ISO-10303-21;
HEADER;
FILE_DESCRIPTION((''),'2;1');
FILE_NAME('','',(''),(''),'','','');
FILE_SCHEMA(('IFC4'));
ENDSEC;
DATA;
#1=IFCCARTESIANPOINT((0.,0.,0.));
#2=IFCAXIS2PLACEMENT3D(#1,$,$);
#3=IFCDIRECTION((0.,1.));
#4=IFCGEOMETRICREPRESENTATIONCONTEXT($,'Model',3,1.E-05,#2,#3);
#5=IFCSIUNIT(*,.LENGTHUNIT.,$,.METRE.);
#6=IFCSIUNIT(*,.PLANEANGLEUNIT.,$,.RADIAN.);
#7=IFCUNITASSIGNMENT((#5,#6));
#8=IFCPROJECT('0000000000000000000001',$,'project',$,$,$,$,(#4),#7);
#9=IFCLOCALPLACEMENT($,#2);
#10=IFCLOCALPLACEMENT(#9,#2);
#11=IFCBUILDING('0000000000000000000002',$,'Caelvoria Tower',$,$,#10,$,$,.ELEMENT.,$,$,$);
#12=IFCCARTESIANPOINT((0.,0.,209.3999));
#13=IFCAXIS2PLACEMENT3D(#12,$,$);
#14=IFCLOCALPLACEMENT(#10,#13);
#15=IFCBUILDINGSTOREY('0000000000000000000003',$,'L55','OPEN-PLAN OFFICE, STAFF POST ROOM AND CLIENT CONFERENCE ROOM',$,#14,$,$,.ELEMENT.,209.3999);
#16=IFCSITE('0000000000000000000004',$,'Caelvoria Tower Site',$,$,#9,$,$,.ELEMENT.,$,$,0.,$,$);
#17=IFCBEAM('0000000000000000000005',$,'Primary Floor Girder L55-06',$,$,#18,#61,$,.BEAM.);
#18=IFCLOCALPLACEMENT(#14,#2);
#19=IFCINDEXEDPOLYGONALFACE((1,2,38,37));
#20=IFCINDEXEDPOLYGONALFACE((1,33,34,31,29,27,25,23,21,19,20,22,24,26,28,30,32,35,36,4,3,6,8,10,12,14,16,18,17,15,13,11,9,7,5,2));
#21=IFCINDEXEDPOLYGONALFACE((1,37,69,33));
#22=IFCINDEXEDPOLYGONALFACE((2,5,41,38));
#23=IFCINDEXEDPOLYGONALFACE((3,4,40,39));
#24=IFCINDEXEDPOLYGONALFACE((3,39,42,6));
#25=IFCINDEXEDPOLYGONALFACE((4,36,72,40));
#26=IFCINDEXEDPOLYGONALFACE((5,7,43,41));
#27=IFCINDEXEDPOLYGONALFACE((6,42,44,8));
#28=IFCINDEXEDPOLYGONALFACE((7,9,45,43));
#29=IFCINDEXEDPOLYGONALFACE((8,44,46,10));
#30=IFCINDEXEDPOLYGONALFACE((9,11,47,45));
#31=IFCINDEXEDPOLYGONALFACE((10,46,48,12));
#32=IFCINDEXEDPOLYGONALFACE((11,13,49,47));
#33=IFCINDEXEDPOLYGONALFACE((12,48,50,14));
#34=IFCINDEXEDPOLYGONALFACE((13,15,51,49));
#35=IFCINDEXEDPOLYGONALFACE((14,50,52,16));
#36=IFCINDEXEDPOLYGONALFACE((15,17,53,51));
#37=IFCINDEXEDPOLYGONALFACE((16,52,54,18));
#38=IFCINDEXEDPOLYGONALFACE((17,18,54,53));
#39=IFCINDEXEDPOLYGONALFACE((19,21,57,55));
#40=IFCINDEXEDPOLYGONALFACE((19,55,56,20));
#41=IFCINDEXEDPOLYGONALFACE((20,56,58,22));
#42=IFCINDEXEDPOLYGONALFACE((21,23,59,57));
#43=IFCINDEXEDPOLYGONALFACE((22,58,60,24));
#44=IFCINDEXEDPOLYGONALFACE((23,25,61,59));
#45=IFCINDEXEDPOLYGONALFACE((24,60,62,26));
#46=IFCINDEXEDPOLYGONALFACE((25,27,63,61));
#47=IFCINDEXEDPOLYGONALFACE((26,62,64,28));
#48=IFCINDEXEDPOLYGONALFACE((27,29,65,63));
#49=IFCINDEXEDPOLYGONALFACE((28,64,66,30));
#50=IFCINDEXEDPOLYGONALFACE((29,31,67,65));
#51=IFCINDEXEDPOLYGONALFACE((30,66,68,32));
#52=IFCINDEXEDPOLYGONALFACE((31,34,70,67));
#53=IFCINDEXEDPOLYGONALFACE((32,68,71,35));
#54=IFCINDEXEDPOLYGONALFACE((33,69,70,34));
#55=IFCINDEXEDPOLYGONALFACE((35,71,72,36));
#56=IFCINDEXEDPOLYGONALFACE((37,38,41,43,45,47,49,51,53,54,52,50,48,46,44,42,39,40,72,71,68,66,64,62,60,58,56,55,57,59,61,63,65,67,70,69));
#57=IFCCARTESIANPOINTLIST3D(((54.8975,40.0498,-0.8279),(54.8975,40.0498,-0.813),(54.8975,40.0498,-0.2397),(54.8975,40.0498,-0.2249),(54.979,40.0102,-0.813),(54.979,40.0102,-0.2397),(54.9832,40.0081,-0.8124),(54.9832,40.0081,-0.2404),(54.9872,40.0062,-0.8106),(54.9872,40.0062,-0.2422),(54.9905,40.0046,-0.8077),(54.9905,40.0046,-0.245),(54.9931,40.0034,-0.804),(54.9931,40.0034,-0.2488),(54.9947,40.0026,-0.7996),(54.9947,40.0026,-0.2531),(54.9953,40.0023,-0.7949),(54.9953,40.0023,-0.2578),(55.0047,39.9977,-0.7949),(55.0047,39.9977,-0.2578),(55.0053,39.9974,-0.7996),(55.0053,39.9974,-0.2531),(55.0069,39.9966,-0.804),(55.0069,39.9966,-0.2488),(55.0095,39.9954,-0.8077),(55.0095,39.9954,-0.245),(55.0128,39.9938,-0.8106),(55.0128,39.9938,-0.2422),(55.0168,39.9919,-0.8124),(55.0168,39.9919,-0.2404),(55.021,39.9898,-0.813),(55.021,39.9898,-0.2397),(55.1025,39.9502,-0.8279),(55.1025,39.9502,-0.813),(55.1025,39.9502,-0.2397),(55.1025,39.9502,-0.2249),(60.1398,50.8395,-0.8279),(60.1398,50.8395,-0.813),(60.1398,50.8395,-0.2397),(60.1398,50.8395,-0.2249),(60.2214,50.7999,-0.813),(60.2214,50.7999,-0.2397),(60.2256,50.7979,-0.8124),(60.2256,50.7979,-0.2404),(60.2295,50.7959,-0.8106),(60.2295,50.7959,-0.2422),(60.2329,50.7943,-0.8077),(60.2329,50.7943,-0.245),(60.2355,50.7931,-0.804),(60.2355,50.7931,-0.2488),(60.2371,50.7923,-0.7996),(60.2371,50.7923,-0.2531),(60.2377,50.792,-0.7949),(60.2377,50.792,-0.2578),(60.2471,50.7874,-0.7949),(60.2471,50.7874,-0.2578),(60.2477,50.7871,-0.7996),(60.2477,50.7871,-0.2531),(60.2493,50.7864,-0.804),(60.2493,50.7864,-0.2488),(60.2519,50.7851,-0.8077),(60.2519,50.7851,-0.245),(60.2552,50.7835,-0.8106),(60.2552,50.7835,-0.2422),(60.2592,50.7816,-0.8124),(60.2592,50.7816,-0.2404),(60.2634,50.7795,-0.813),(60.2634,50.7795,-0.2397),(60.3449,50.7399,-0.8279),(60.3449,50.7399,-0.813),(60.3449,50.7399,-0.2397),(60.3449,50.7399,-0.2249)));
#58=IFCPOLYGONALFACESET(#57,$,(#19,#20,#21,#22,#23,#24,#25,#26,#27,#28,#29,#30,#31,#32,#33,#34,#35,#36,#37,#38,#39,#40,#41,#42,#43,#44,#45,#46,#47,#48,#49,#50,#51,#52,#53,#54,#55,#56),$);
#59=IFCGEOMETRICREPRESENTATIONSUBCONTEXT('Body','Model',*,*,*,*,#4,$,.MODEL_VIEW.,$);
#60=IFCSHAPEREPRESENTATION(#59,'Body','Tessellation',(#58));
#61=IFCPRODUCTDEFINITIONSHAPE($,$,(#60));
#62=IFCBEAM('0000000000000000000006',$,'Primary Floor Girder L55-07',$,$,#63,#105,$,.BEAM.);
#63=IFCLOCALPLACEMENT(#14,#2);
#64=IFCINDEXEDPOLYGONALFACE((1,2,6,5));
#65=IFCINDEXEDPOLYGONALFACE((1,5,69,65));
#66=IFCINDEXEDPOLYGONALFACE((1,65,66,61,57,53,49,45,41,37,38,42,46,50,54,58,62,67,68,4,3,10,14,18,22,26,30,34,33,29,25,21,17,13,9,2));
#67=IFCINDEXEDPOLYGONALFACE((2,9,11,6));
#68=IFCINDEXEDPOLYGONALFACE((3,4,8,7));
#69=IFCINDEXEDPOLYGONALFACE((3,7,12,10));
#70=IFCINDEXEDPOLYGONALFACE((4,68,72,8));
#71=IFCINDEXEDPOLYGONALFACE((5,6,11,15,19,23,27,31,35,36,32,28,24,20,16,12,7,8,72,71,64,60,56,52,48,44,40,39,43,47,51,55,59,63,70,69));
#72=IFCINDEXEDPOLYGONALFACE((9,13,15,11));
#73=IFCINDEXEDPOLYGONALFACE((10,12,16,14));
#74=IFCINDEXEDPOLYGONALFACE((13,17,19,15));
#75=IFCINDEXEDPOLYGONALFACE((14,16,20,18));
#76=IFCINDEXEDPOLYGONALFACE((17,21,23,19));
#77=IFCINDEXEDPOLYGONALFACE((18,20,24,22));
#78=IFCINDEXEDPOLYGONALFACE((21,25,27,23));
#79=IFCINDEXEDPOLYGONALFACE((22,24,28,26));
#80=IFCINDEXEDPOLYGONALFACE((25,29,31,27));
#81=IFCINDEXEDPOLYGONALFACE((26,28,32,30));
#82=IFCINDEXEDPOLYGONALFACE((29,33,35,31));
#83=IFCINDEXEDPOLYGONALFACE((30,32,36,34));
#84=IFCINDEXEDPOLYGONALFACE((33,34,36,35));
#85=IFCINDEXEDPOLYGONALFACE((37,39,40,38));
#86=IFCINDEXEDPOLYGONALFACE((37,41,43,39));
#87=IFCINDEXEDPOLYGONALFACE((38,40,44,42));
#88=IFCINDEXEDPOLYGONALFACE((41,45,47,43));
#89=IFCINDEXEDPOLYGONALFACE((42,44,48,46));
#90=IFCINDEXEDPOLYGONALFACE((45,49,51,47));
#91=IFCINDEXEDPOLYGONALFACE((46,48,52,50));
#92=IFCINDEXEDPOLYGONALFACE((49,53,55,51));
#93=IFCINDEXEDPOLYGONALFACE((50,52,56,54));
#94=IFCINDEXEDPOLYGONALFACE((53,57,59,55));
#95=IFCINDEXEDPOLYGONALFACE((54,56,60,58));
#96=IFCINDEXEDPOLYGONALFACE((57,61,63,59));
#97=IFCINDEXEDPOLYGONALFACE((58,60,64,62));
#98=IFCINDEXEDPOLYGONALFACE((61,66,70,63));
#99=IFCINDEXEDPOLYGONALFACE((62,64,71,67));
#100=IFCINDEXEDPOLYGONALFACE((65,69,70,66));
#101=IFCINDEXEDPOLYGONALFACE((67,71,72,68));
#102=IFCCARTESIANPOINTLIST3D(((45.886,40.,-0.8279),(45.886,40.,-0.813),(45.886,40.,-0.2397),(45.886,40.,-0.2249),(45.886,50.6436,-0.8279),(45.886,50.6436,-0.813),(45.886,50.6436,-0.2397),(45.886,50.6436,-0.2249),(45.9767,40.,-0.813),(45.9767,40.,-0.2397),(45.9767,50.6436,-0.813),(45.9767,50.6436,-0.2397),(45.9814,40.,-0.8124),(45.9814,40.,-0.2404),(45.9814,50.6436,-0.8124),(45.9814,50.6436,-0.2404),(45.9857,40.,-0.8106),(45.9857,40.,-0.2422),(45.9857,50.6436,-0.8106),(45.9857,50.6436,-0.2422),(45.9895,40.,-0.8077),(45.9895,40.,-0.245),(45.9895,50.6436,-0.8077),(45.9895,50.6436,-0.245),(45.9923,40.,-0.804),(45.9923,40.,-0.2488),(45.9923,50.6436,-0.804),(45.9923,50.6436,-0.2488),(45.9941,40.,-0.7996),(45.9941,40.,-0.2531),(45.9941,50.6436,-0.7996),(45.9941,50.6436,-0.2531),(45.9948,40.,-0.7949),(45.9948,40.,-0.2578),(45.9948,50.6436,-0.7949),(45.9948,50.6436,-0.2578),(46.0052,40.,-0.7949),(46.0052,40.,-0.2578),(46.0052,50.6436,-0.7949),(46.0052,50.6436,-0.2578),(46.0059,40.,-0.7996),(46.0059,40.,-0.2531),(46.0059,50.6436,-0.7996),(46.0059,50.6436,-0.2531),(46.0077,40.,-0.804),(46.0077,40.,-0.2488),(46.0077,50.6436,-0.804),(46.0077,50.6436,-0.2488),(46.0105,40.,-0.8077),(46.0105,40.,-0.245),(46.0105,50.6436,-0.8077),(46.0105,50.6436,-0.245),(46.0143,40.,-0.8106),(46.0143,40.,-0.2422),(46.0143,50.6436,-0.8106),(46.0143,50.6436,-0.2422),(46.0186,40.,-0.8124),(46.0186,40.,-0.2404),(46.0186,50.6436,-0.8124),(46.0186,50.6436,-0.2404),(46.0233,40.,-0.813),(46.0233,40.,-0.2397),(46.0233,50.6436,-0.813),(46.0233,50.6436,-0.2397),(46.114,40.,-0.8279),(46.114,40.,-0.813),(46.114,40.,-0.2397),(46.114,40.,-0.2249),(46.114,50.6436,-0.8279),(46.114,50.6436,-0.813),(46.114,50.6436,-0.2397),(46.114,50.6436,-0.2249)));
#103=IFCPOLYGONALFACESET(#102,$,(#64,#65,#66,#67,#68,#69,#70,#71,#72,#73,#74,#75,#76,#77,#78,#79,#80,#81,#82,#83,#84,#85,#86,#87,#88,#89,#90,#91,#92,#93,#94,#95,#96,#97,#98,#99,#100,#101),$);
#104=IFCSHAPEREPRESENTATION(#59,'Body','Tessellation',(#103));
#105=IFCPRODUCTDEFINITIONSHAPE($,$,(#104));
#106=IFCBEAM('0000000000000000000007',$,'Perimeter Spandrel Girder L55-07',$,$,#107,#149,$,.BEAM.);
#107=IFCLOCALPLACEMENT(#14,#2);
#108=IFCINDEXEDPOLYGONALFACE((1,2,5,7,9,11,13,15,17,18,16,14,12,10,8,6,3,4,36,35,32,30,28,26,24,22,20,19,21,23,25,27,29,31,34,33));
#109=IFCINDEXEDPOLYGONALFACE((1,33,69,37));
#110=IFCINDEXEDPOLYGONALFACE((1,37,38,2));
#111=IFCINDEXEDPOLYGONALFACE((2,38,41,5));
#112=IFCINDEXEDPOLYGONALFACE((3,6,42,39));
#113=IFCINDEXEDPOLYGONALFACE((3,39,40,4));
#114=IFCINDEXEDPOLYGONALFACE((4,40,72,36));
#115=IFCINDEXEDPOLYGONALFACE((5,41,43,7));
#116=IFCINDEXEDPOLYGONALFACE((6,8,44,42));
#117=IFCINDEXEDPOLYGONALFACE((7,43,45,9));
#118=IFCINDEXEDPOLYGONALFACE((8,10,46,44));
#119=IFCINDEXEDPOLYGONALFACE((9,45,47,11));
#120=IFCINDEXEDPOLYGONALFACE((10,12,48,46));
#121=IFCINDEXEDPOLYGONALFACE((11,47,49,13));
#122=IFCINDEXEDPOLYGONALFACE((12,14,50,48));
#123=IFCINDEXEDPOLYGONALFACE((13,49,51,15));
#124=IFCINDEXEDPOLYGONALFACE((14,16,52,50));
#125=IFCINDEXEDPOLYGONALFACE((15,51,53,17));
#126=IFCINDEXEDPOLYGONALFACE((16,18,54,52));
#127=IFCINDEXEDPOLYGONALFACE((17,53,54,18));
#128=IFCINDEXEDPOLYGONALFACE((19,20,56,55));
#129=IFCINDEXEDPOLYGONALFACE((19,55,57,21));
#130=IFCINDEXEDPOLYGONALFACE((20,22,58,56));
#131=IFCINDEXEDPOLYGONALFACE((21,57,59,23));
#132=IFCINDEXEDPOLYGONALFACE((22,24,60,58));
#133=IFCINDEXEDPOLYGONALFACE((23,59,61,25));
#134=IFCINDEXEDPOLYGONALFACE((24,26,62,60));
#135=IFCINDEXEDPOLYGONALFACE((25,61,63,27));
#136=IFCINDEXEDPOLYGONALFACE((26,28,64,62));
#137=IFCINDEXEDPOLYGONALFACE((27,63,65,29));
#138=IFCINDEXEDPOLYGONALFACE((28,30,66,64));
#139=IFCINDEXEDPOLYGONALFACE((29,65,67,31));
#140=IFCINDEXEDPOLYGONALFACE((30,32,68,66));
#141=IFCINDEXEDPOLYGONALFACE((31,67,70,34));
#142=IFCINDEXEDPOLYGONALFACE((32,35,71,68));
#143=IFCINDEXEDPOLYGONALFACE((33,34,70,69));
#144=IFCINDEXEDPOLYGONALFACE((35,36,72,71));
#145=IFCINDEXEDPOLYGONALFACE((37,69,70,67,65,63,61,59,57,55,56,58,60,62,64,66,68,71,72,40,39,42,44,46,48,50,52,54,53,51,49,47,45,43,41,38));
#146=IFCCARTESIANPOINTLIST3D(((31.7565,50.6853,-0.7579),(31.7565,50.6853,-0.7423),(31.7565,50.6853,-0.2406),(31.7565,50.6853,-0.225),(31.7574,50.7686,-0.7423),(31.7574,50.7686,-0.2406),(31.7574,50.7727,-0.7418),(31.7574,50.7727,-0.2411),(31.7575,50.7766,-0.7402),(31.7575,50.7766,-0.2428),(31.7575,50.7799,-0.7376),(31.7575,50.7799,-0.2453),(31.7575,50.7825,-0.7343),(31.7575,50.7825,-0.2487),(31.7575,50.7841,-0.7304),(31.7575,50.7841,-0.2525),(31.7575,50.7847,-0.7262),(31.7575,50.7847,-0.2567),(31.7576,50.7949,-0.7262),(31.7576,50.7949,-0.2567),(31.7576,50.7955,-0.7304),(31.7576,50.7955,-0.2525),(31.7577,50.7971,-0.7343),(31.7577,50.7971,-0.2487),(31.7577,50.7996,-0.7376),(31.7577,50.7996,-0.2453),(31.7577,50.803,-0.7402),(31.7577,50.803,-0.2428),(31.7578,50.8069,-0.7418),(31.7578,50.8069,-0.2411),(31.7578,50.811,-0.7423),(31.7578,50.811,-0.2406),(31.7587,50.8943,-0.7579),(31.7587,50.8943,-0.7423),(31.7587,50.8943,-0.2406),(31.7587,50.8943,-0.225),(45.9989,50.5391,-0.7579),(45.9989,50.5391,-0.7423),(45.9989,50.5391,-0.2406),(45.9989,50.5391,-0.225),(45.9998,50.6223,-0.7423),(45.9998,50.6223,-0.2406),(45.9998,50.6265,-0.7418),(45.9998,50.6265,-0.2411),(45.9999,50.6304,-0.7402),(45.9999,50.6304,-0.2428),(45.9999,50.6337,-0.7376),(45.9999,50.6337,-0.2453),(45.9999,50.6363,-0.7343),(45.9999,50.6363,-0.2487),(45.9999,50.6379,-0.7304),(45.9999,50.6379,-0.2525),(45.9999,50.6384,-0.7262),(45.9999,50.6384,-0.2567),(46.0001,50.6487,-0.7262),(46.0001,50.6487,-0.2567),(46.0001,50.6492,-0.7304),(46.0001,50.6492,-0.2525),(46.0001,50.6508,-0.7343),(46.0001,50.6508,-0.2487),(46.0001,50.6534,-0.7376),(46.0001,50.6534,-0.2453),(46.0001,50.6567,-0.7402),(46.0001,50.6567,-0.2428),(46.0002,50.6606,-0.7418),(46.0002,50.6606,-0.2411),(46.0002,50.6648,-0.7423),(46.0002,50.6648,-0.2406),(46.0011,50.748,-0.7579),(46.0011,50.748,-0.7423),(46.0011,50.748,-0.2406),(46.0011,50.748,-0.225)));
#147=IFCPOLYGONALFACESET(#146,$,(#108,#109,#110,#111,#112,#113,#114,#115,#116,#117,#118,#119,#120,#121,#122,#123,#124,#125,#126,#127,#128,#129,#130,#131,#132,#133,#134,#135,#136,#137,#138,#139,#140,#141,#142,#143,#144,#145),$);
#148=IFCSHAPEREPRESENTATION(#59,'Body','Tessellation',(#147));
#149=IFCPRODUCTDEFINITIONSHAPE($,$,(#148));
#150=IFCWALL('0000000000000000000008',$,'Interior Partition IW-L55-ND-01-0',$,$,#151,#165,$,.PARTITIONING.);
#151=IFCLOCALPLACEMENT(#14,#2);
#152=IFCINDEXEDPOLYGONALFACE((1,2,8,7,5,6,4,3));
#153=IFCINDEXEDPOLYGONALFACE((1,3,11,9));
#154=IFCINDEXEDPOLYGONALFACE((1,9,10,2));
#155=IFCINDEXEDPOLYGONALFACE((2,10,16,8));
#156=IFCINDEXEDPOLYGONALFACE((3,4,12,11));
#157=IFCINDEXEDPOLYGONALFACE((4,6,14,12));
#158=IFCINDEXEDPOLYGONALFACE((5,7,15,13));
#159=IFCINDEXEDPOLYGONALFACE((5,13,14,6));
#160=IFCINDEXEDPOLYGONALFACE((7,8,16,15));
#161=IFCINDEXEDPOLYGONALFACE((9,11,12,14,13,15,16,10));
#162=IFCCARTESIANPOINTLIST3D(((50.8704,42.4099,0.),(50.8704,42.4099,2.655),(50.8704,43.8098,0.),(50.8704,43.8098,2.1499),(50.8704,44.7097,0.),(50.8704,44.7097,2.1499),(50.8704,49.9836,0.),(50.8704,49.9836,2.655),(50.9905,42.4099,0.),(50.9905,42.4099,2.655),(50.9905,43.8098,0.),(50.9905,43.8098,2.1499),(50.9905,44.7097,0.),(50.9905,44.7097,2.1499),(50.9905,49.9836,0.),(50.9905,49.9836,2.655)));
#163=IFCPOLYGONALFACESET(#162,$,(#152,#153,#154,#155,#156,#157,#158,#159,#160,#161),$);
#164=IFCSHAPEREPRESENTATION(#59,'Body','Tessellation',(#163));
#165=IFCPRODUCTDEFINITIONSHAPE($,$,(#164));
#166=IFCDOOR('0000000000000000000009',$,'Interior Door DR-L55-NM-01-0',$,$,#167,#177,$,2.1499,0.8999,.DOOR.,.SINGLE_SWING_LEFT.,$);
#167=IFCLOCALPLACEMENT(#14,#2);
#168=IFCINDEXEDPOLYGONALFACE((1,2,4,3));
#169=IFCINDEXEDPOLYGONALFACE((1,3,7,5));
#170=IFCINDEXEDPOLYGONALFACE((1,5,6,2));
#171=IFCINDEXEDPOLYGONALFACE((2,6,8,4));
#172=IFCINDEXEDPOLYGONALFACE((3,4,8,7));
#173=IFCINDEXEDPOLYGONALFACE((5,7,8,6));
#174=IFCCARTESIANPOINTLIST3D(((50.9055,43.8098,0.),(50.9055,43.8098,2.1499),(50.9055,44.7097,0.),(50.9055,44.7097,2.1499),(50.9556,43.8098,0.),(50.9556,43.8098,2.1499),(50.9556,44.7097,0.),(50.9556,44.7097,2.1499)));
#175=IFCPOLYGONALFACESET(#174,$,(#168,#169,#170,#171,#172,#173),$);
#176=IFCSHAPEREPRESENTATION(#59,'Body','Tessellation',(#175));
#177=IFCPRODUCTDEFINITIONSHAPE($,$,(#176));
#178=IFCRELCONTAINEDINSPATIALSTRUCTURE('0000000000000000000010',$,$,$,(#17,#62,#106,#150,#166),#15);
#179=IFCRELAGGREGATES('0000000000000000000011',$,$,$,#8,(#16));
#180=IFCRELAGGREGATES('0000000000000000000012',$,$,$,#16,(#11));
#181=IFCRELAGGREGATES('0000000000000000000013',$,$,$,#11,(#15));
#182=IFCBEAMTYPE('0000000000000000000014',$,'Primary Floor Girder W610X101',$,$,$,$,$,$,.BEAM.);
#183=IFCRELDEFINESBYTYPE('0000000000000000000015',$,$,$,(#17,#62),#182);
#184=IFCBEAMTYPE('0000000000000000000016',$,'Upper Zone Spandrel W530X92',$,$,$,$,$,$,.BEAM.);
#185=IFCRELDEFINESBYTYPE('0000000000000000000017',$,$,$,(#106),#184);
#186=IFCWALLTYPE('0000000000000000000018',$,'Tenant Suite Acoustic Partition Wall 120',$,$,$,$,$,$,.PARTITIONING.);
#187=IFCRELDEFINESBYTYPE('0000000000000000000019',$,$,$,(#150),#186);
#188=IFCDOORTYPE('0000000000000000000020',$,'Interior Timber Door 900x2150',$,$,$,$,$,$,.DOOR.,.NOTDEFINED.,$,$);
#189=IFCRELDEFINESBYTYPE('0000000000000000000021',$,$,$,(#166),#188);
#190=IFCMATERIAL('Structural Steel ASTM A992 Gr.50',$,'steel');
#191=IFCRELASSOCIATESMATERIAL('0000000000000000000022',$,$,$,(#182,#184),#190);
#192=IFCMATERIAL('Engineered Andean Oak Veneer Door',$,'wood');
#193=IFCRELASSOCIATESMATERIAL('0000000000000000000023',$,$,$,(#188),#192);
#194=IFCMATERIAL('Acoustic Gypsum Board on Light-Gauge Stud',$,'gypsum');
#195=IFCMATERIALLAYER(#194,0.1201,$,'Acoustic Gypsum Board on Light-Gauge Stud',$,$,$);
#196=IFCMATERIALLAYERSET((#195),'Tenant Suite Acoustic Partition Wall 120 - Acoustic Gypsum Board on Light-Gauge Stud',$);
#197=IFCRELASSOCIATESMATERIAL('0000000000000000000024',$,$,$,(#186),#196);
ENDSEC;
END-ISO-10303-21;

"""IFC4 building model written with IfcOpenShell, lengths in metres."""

from ifc_helpers import new_model, si_unit, direction, frame, frame_2d, origin, origin_2d, place, context, subcontext, project, spatial, rectangle, i_section, extrude, material, layer, layer_set, material_profile, profile_set, type_object, element, fill, save


model = new_model("IFC4")

# Units and contexts
model_context = context("Model", 3, precision=1e-05, world=origin(), true_north=direction((0.0, 1.0)))
body_context = subcontext(model_context, "Body", "Model", "MODEL_VIEW")
ifc_project = project(units=[si_unit("LENGTHUNIT", "METRE"), si_unit("PLANEANGLEUNIT", "RADIAN")], contexts=[model_context])

# Site, building, storey
site_placement = place(None, origin())
site = spatial("IfcSite", under=ifc_project, at=site_placement, Name="Caelvoria Tower Site", CompositionType="ELEMENT", RefElevation=0.0)
building_placement = place(site_placement, origin())
building = spatial("IfcBuilding", under=site, at=building_placement, Name="Caelvoria Tower", CompositionType="ELEMENT")
storey_placement = place(building_placement, frame((0.0, 0.0, 209.3999)))
storey = spatial("IfcBuildingStorey", under=building, at=storey_placement, Name="L55", Description="OPEN-PLAN OFFICE, STAFF POST ROOM AND CLIENT CONFERENCE ROOM", CompositionType="ELEMENT", Elevation=209.3999)

# Shared definitions
ifc_material_1 = material(Name="Structural Steel ASTM A992 Gr.50", Category="steel")

# Beams
ifc_material_profile_1 = material_profile(ifc_material_1, i_section(OverallWidth=0.228, OverallDepth=0.603, WebThickness=0.0105, FlangeThickness=0.0149, FilletRadius=0.0181, at=origin_2d()), Name="Structural Steel ASTM A992 Gr.50")
ifc_profile_set_1 = profile_set([ifc_material_profile_1], Name="W610X101 - Structural Steel ASTM A992 Gr.50")
beam_type_1 = type_object("IfcBeamType", Name="Primary Floor Girder W610X101", PredefinedType="BEAM", material=ifc_profile_set_1)
beam_1_placement = place(storey_placement, frame((55.0, 40.0, -0.5264), z_axis=(0.437017, 0.899453, 0.0), x_axis=(-0.899453, 0.437017, 0.0)))
element("IfcBeam", 1, at=beam_1_placement, inside=storey, type_object=beam_type_1, Name="Primary Floor Girder L55-06", PredefinedType="BEAM", context=body_context, shape_type="SweptSolid", body=[
    extrude(i_section(OverallWidth=0.228, OverallDepth=0.603, WebThickness=0.0105, FlangeThickness=0.0149, FilletRadius=0.0181, at=origin_2d()), origin(), (0.0, 0.0, 1.0), 11.9958),
])
beam_2_placement = place(storey_placement, frame((46.0, 40.0, -0.5264), z_axis=(0.0, 1.0, 0.0), x_axis=(-1.0, 0.0, 0.0)))
element("IfcBeam", 2, at=beam_2_placement, inside=storey, type_object=beam_type_1, Name="Primary Floor Girder L55-07", PredefinedType="BEAM", context=body_context, shape_type="SweptSolid", body=[
    extrude(i_section(OverallWidth=0.228, OverallDepth=0.603, WebThickness=0.0105, FlangeThickness=0.0149, FilletRadius=0.0181, at=origin_2d()), origin(), (0.0, 0.0, 1.0), 10.6436),
])
ifc_material_profile_2 = material_profile(ifc_material_1, i_section(OverallWidth=0.209, OverallDepth=0.533, WebThickness=0.0103, FlangeThickness=0.0156, FilletRadius=0.0161, at=origin_2d()), Name="Structural Steel ASTM A992 Gr.50")
ifc_profile_set_2 = profile_set([ifc_material_profile_2], Name="W530X92 - Structural Steel ASTM A992 Gr.50")
beam_type_2 = type_object("IfcBeamType", Name="Upper Zone Spandrel W530X92", PredefinedType="BEAM", material=ifc_profile_set_2)
beam_3_placement = place(storey_placement, frame((46.0, 50.6436, -0.4915), z_axis=(-0.999947, 0.010267, 0.0), x_axis=(-0.010267, -0.999947, 0.0)))
element("IfcBeam", 3, at=beam_3_placement, inside=storey, type_object=beam_type_2, Name="Perimeter Spandrel Girder L55-07", PredefinedType="BEAM", context=body_context, shape_type="SweptSolid", body=[
    extrude(i_section(OverallWidth=0.209, OverallDepth=0.533, WebThickness=0.0103, FlangeThickness=0.0156, FilletRadius=0.0161, at=origin_2d()), origin(), (0.0, 0.0, 1.0), 14.2432),
])

# Wall, opening, door
ifc_material_2 = material(Name="Engineered Andean Oak Veneer Door", Category="wood")
door_type_1 = type_object("IfcDoorType", Name="Interior Timber Door 900x2150", OperationType="NOTDEFINED", PredefinedType="DOOR", material=ifc_material_2)
ifc_material_3 = material(Name="Acoustic Gypsum Board on Light-Gauge Stud", Category="gypsum")
ifc_layer_1 = layer(ifc_material_3, 0.1201, Name="Acoustic Gypsum Board on Light-Gauge Stud")
ifc_layer_set_1 = layer_set([ifc_layer_1], Name="Tenant Suite Acoustic Partition Wall 120 - Acoustic Gypsum Board on Light-Gauge Stud")
wall_type_1 = type_object("IfcWallType", Name="Tenant Suite Acoustic Partition Wall 120", PredefinedType="PARTITIONING", material=ifc_layer_set_1)
wall_1_placement = place(storey_placement, frame((50.9304, 42.4099, 0.0), z_axis=(0.0, 0.0, 1.0), x_axis=(0.0, 1.0, 0.0)))
wall_1 = element("IfcWall", 4, at=wall_1_placement, inside=storey, type_object=wall_type_1, Name="Interior Partition IW-L55-ND-01-0", PredefinedType="PARTITIONING", context=body_context, shape_type="SweptSolid", body=[
    extrude(rectangle(XDim=7.5737, YDim=0.1201, at=frame_2d((3.7869, 0.0))), origin(), (0.0, 0.0, 1.0), 2.655),
])
opening_1_placement = place(wall_1_placement, frame((1.3999, 0.0, 0.0)))
opening_1 = element("IfcOpeningElement", 5, at=opening_1_placement, cuts=wall_1, PredefinedType="OPENING", context=body_context, shape_type="SweptSolid", body=[
    extrude(rectangle(XDim=0.8999, YDim=2.1499, at=frame_2d((0.45, 1.075))), frame((0.0, 0.0701, 0.0), z_axis=(0.0, -1.0, 0.0), x_axis=(1.0, 0.0, 0.0)), (0.0, 0.0, 1.0), 0.1401),
])
door_1_placement = place(opening_1_placement, origin())
door_1 = element("IfcDoor", 6, at=door_1_placement, inside=storey, type_object=door_type_1, Name="Interior Door DR-L55-NM-01-0", OperationType="SINGLE_SWING_LEFT", OverallHeight=2.1499, OverallWidth=0.8999, PredefinedType="DOOR", context=body_context, shape_type="SweptSolid", body=[
    extrude(rectangle(XDim=0.8999, YDim=2.1499, at=frame_2d((0.45, 1.075))), frame((0.0, 0.0249, 0.0), z_axis=(0.0, -1.0, 0.0), x_axis=(1.0, 0.0, 0.0)), (0.0, 0.0, 1.0), 0.05),
])
fill(opening_1, door_1)

save(model, "model.ifc")
